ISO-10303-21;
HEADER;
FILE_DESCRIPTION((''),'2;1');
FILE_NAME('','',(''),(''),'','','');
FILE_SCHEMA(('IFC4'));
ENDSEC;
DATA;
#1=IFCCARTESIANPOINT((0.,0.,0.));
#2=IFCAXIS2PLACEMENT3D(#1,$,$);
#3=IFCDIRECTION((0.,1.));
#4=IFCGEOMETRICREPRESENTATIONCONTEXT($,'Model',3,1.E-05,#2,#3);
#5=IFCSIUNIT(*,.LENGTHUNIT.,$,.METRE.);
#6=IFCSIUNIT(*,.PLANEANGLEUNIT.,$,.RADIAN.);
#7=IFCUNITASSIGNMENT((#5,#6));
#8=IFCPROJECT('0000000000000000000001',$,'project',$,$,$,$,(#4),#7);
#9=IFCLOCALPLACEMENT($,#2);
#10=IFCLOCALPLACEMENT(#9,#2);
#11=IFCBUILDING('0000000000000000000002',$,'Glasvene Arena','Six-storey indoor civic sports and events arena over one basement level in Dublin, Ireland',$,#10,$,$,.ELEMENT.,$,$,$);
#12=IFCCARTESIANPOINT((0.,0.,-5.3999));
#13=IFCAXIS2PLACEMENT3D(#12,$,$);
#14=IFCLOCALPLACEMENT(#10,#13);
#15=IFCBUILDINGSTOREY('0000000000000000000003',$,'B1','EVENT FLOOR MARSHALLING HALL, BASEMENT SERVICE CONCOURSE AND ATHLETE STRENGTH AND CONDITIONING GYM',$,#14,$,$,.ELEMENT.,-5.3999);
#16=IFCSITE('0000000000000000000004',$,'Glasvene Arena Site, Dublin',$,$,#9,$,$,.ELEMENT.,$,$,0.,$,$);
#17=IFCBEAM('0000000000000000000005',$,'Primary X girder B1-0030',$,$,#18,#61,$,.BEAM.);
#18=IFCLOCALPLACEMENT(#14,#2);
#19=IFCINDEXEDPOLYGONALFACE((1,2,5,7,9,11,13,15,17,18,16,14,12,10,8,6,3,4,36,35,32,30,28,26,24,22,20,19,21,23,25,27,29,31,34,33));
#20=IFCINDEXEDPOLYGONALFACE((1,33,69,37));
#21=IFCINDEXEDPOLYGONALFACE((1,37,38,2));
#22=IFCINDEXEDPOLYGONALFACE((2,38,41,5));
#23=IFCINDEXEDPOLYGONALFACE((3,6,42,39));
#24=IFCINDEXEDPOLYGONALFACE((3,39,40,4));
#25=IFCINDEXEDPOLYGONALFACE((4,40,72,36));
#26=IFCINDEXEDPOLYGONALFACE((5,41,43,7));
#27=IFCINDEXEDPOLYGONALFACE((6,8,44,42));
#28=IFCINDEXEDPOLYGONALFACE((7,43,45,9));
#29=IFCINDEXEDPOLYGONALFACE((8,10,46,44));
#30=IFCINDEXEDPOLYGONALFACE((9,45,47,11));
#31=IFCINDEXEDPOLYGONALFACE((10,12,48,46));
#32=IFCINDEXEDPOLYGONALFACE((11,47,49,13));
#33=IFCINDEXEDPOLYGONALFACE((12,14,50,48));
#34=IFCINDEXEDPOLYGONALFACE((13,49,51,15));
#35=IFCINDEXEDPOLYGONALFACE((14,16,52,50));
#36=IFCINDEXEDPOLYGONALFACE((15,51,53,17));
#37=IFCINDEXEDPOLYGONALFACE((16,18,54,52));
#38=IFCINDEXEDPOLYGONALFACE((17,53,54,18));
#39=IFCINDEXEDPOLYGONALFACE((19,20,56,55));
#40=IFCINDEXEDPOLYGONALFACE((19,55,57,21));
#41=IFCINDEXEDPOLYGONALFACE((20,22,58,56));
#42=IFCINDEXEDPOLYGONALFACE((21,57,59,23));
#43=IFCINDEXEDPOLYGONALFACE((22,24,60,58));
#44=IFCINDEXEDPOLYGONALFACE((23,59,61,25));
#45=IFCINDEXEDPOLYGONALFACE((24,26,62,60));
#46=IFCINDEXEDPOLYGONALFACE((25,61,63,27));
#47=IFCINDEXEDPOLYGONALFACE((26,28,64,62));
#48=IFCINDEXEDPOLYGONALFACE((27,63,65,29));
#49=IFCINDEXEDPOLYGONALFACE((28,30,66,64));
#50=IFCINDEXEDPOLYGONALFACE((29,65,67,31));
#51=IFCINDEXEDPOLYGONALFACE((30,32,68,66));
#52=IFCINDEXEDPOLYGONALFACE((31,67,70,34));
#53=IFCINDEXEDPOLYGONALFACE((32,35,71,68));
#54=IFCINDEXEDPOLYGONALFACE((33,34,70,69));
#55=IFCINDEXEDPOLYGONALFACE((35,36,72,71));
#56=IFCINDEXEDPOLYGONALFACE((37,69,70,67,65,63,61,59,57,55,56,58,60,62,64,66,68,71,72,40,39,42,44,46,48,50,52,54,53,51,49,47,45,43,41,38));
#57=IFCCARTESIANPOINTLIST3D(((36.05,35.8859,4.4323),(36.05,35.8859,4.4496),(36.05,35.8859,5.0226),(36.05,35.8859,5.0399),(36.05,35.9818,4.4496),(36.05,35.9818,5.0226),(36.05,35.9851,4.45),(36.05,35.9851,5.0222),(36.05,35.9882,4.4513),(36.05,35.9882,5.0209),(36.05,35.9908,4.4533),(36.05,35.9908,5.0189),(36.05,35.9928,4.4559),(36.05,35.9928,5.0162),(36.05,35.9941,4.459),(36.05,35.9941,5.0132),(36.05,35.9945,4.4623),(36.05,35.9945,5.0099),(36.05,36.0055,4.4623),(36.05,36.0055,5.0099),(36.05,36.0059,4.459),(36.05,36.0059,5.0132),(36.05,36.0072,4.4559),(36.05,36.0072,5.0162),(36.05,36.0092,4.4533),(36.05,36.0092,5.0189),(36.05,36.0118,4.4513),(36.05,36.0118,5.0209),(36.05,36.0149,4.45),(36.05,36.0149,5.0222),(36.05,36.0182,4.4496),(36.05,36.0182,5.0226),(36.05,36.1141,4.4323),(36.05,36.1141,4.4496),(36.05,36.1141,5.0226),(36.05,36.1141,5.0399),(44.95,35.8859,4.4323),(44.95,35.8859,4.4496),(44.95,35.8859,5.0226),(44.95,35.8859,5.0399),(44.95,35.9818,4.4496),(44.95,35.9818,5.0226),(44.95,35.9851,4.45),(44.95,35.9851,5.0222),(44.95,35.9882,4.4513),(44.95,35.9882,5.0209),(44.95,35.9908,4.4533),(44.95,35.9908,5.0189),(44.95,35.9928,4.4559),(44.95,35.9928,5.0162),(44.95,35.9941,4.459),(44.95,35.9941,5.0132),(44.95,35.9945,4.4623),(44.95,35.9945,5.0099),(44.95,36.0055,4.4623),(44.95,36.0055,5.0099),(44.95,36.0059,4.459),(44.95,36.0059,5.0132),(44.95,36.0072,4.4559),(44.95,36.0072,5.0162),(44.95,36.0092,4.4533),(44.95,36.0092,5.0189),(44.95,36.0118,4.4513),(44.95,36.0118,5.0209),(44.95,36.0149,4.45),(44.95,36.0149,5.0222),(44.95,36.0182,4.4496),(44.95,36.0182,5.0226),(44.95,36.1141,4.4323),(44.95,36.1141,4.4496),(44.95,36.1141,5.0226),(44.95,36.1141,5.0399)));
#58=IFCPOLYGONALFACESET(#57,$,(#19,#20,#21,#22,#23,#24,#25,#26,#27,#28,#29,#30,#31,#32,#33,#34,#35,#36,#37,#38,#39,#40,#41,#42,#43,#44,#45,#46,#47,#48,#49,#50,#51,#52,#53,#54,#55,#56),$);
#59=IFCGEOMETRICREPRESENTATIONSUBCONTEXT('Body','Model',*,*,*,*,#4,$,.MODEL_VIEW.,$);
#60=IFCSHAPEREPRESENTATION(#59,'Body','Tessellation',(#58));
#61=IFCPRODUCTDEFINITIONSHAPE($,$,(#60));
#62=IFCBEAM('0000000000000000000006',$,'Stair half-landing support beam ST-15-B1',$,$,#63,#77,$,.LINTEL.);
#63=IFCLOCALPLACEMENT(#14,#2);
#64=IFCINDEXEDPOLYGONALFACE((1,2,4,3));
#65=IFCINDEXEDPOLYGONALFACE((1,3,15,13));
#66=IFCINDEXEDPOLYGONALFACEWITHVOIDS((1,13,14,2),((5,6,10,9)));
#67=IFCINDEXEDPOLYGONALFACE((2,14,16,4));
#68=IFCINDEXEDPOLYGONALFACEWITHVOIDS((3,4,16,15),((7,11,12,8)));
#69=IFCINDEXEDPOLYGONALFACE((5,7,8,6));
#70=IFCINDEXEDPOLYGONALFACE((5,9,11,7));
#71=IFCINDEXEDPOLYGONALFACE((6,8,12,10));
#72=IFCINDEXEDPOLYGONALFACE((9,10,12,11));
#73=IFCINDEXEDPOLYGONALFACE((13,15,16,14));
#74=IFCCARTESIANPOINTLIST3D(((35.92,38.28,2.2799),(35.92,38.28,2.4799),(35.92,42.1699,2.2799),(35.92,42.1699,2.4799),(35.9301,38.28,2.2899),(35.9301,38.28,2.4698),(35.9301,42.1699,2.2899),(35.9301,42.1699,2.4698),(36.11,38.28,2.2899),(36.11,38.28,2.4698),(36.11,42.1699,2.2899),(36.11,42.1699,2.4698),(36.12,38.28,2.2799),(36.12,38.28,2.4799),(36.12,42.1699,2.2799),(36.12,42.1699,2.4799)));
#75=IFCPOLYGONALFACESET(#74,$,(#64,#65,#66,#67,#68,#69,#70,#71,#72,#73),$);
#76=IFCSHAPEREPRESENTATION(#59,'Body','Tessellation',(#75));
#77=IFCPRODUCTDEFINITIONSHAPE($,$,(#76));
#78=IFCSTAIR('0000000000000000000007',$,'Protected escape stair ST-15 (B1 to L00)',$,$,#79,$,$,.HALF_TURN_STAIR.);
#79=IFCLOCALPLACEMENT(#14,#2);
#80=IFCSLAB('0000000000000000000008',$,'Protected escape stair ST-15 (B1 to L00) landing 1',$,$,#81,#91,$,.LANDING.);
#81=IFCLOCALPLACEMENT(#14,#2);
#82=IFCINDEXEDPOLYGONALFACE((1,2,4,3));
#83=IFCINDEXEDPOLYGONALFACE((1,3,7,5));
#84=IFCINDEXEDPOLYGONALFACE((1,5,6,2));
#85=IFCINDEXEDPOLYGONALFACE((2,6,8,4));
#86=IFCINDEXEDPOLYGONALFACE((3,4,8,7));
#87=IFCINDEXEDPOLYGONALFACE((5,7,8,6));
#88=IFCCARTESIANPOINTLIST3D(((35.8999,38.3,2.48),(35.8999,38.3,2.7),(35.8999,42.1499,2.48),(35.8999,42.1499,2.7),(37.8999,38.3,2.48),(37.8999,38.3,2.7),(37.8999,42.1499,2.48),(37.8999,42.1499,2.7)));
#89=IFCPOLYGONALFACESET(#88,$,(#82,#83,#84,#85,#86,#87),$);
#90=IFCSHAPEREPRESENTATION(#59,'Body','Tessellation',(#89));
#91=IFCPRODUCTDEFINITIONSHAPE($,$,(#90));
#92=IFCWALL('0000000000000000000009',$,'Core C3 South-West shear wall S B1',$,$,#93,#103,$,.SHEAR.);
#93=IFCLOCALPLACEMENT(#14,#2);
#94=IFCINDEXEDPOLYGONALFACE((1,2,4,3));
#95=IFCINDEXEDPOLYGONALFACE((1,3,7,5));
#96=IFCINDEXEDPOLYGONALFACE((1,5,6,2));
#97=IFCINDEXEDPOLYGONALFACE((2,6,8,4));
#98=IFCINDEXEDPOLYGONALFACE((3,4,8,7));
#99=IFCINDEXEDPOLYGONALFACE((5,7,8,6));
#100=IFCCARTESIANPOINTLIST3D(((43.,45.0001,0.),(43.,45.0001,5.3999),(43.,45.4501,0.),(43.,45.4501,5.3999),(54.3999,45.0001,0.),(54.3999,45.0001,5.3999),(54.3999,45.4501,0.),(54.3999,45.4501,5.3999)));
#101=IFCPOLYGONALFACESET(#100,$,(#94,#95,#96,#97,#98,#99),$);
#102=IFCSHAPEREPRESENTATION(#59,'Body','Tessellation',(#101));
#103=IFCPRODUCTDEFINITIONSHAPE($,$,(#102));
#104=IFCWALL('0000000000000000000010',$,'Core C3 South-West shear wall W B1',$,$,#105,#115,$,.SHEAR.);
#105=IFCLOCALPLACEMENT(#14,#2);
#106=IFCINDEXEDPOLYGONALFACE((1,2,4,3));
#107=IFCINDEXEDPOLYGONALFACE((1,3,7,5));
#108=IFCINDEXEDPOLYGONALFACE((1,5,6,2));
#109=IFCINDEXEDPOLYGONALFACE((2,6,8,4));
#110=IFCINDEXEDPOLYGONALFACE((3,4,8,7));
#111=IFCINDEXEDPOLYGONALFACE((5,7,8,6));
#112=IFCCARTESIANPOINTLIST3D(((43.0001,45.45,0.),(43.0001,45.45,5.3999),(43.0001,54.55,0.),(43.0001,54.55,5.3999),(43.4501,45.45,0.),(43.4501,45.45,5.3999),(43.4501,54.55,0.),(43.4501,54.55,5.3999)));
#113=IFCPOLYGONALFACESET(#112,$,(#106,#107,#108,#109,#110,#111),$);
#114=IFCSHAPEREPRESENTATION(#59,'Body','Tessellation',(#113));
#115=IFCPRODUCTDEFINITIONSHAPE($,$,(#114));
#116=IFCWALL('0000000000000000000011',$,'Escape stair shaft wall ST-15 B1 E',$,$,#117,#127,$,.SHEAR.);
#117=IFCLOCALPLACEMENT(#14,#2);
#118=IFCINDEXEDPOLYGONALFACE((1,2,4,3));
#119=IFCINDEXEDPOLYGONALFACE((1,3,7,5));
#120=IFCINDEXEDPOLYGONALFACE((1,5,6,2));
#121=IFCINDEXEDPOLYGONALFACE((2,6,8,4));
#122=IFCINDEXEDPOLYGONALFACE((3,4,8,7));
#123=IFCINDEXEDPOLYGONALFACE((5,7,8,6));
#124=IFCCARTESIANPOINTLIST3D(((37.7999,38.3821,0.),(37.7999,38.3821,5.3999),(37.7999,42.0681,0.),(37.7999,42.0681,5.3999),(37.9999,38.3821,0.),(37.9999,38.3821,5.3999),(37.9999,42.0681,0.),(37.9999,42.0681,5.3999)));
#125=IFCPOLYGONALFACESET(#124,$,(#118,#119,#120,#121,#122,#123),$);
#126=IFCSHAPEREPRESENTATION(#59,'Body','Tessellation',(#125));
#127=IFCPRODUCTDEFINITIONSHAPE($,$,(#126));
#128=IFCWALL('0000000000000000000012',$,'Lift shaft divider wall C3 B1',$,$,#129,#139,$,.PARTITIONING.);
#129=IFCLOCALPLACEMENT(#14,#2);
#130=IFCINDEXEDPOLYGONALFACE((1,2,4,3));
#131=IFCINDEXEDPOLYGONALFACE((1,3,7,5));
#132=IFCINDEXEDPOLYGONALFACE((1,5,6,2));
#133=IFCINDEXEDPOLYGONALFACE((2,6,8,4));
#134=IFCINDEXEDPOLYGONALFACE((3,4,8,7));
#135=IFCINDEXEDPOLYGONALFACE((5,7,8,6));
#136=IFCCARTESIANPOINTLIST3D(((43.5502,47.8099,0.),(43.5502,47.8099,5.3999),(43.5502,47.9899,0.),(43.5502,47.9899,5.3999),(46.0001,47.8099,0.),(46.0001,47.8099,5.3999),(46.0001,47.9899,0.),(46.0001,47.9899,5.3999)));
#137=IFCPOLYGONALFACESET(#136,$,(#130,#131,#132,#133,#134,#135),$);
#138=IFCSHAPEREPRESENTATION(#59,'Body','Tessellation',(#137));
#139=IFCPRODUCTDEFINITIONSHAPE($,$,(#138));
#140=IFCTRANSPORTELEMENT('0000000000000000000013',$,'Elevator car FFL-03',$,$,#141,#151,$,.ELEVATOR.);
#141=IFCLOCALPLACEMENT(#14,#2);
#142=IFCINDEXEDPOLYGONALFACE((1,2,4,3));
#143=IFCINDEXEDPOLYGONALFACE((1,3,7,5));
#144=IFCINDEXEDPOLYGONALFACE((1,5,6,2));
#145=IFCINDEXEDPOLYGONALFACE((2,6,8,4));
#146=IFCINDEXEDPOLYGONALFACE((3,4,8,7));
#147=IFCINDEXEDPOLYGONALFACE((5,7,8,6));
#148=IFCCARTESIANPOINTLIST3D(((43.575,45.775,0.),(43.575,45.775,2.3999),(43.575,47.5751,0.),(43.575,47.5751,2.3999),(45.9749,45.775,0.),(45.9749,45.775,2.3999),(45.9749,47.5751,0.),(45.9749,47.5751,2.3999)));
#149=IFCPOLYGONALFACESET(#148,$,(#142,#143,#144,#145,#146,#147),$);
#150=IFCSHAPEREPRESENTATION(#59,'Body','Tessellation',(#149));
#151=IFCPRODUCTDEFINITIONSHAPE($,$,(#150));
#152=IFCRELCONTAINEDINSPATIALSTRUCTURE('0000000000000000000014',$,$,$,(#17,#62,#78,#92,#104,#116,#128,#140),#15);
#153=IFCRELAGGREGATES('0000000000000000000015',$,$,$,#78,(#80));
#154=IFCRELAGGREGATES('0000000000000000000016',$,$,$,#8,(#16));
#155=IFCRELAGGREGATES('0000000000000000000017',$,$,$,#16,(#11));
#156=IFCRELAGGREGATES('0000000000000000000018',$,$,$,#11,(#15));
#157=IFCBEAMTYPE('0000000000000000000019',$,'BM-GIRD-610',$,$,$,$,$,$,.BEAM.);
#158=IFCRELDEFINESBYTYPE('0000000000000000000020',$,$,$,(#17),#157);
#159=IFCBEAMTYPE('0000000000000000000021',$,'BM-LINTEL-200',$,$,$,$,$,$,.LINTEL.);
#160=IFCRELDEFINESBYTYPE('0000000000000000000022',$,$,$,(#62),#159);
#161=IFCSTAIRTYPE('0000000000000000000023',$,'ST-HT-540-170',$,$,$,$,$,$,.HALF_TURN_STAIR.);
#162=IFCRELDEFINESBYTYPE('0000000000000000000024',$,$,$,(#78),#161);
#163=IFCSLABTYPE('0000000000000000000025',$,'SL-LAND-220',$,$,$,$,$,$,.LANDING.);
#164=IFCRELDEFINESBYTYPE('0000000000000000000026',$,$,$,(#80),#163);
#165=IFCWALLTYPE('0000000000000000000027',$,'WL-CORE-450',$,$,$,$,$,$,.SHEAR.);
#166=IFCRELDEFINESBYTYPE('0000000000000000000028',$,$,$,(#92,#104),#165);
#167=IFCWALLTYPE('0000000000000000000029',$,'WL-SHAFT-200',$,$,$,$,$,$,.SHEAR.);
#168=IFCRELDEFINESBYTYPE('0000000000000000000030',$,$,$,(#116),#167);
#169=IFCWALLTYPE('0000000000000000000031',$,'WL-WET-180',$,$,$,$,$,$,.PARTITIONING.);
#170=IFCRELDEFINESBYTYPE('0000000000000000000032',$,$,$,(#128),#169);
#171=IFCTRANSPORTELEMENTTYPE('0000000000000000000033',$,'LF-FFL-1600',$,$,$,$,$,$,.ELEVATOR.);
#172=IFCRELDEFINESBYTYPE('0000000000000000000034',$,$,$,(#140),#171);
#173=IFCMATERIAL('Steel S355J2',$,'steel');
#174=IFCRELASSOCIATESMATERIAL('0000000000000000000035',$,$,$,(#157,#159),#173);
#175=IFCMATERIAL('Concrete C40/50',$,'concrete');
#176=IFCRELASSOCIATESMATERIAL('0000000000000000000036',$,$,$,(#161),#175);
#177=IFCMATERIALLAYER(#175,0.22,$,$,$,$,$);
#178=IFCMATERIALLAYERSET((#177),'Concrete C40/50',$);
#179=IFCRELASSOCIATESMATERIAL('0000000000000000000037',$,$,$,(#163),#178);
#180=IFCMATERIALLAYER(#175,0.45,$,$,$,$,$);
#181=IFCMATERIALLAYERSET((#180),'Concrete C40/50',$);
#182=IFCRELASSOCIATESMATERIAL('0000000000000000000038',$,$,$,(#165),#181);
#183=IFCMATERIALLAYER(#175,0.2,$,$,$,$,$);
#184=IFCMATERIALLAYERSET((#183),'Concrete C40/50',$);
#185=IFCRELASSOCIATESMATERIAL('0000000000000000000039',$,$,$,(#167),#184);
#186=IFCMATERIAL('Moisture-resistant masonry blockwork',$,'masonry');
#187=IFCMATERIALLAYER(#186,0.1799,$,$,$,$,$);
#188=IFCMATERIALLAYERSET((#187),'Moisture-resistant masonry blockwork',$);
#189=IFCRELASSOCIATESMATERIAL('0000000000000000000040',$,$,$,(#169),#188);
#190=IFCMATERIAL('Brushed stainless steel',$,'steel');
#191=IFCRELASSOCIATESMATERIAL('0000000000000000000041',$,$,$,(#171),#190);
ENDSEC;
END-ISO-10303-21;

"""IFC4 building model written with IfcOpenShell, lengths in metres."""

from ifc_helpers import new_model, si_unit, direction, frame, frame_2d, origin, origin_2d, place, context, subcontext, project, spatial, polyline, rectangle, hollow_rectangle, i_section, outline, extrude, material, layer, layer_set, material_profile, profile_set, type_object, element, aggregate, save


model = new_model("IFC4")

# Units and contexts
model_context = context("Model", 3, precision=1e-05, world=origin(), true_north=direction((0.0, 1.0)))
body_context = subcontext(model_context, "Body", "Model", "MODEL_VIEW")
ifc_project = project(units=[si_unit("LENGTHUNIT", "METRE"), si_unit("PLANEANGLEUNIT", "RADIAN")], contexts=[model_context])

# Site, building, storey
site_placement = place(None, origin())
site = spatial("IfcSite", under=ifc_project, at=site_placement, Name="Glasvene Arena Site, Dublin", CompositionType="ELEMENT", RefElevation=0.0)
building_placement = place(site_placement, origin())
building = spatial("IfcBuilding", under=site, at=building_placement, Name="Glasvene Arena", Description="Six-storey indoor civic sports and events arena over one basement level in Dublin, Ireland", CompositionType="ELEMENT")
storey_placement = place(building_placement, frame((0.0, 0.0, -5.3999)))
storey = spatial("IfcBuildingStorey", under=building, at=storey_placement, Name="B1", Description="EVENT FLOOR MARSHALLING HALL, BASEMENT SERVICE CONCOURSE AND ATHLETE STRENGTH AND CONDITIONING GYM", CompositionType="ELEMENT", Elevation=-5.3999)

# Shared definitions
ifc_material_1 = material(Name="Concrete C40/50", Category="concrete")

# Shared definitions
ifc_material_2 = material(Name="Steel S355J2", Category="steel")

# Beams
ifc_material_profile_1 = material_profile(ifc_material_2, i_section(OverallWidth=0.2283, OverallDepth=0.6077, WebThickness=0.011, FlangeThickness=0.0173, FilletRadius=0.0127, at=origin_2d()), Name="UKB 610x229x113")
ifc_profile_set_1 = profile_set([ifc_material_profile_1], Name="Steel S355J2")
beam_type_1 = type_object("IfcBeamType", Name="BM-GIRD-610", PredefinedType="BEAM", material=ifc_profile_set_1)
beam_1_placement = place(storey_placement, frame((36.05, 36.0, 4.7361), z_axis=(1.0, 0.0, 0.0), x_axis=(0.0, 1.0, 0.0)))
element("IfcBeam", 1, at=beam_1_placement, inside=storey, type_object=beam_type_1, Name="Primary X girder B1-0030", PredefinedType="BEAM", context=body_context, shape_type="SweptSolid", body=[
    extrude(i_section(OverallWidth=0.2283, OverallDepth=0.6077, WebThickness=0.011, FlangeThickness=0.0173, FilletRadius=0.0127, at=origin_2d()), origin(), (0.0, 0.0, 1.0), 8.8999),
])
ifc_material_profile_2 = material_profile(ifc_material_2, hollow_rectangle(XDim=0.2, YDim=0.2, WallThickness=0.01, at=origin_2d()), Name="SHS 200x200x10.0")
ifc_profile_set_2 = profile_set([ifc_material_profile_2], Name="Steel S355J2")
beam_type_2 = type_object("IfcBeamType", Name="BM-LINTEL-200", PredefinedType="LINTEL", material=ifc_profile_set_2)
beam_2_placement = place(storey_placement, frame((36.02, 38.28, 2.3799), z_axis=(0.0, 1.0, 0.0), x_axis=(-1.0, 0.0, 0.0)))
element("IfcBeam", 2, at=beam_2_placement, inside=storey, type_object=beam_type_2, Name="Stair half-landing support beam ST-15-B1", PredefinedType="LINTEL", context=body_context, shape_type="SweptSolid", body=[
    extrude(hollow_rectangle(XDim=0.2, YDim=0.2, WallThickness=0.01, at=origin_2d()), origin(), (0.0, 0.0, 1.0), 3.8899),
])

# Stair, slab
stair_type = type_object("IfcStairType", Name="ST-HT-540-170", PredefinedType="HALF_TURN_STAIR", material=ifc_material_1)
stair_placement = place(storey_placement, origin())
stair = element("IfcStair", 3, at=stair_placement, inside=storey, type_object=stair_type, Name="Protected escape stair ST-15 (B1 to L00)", PredefinedType="HALF_TURN_STAIR")
ifc_layer_1 = layer(ifc_material_1, 0.22)
ifc_layer_set_1 = layer_set([ifc_layer_1], Name="Concrete C40/50")
slab_type = type_object("IfcSlabType", Name="SL-LAND-220", PredefinedType="LANDING", material=ifc_layer_set_1)
slab_placement = place(storey_placement, frame((36.8999, 40.2251, 2.48)))
slab = element("IfcSlab", 4, at=slab_placement, type_object=slab_type, Name="Protected escape stair ST-15 (B1 to L00) landing 1", PredefinedType="LANDING", context=body_context, shape_type="SweptSolid", body=[
    extrude(outline(polyline([(-1.0, -1.925), (1.0, -1.925), (1.0, 1.9248), (-1.0, 1.9248), (-1.0, -1.925)])), origin(), (0.0, 0.0, 1.0), 0.22),
])
aggregate(stair, [slab])

# Walls
ifc_layer_2 = layer(ifc_material_1, 0.45)
ifc_layer_set_2 = layer_set([ifc_layer_2], Name="Concrete C40/50")
wall_type_1 = type_object("IfcWallType", Name="WL-CORE-450", PredefinedType="SHEAR", material=ifc_layer_set_2)
wall_1_placement = place(storey_placement, frame((43.0, 45.2251, 0.0), z_axis=(0.0, 0.0, 1.0), x_axis=(1.0, 0.0, 0.0)))
element("IfcWall", 5, at=wall_1_placement, inside=storey, type_object=wall_type_1, Name="Core C3 South-West shear wall S B1", PredefinedType="SHEAR", context=body_context, shape_type="SweptSolid", body=[
    extrude(rectangle(XDim=11.3999, YDim=0.45, at=frame_2d((5.7, 0.0))), origin(), (0.0, 0.0, 1.0), 5.3999),
])
wall_2_placement = place(storey_placement, frame((43.2251, 45.45, 0.0), z_axis=(0.0, 0.0, 1.0), x_axis=(0.0, 1.0, 0.0)))
element("IfcWall", 6, at=wall_2_placement, inside=storey, type_object=wall_type_1, Name="Core C3 South-West shear wall W B1", PredefinedType="SHEAR", context=body_context, shape_type="SweptSolid", body=[
    extrude(rectangle(XDim=9.1001, YDim=0.45, at=frame_2d((4.55, 0.0))), origin(), (0.0, 0.0, 1.0), 5.3999),
])
ifc_layer_3 = layer(ifc_material_1, 0.2)
ifc_layer_set_3 = layer_set([ifc_layer_3], Name="Concrete C40/50")
wall_type_2 = type_object("IfcWallType", Name="WL-SHAFT-200", PredefinedType="SHEAR", material=ifc_layer_set_3)
wall_3_placement = place(storey_placement, frame((37.8999, 38.3821, 0.0), z_axis=(0.0, 0.0, 1.0), x_axis=(0.0, 1.0, 0.0)))
element("IfcWall", 7, at=wall_3_placement, inside=storey, type_object=wall_type_2, Name="Escape stair shaft wall ST-15 B1 E", PredefinedType="SHEAR", context=body_context, shape_type="SweptSolid", body=[
    extrude(rectangle(XDim=3.686, YDim=0.2, at=frame_2d((1.843, 0.0))), origin(), (0.0, 0.0, 1.0), 5.3999),
])
ifc_material_3 = material(Name="Moisture-resistant masonry blockwork", Category="masonry")
ifc_layer_4 = layer(ifc_material_3, 0.1799)
ifc_layer_set_4 = layer_set([ifc_layer_4], Name="Moisture-resistant masonry blockwork")
wall_type_3 = type_object("IfcWallType", Name="WL-WET-180", PredefinedType="PARTITIONING", material=ifc_layer_set_4)
wall_4_placement = place(storey_placement, frame((43.55, 47.8999, 0.0), z_axis=(0.0, 0.0, 1.0), x_axis=(1.0, 0.0, 0.0)))
element("IfcWall", 8, at=wall_4_placement, inside=storey, type_object=wall_type_3, Name="Lift shaft divider wall C3 B1", PredefinedType="PARTITIONING", context=body_context, shape_type="SweptSolid", body=[
    extrude(rectangle(XDim=2.45, YDim=0.1799, at=frame_2d((1.2251, 0.0))), origin(), (0.0, 0.0, 1.0), 5.3999),
])

# Transport element
ifc_material_4 = material(Name="Brushed stainless steel", Category="steel")
transport_element_type = type_object("IfcTransportElementType", Name="LF-FFL-1600", PredefinedType="ELEVATOR", material=ifc_material_4)
transport_element_placement = place(storey_placement, frame((44.7749, 46.675, 0.0), z_axis=(0.0, 0.0, 1.0), x_axis=(1.0, 0.0, 0.0)))
element("IfcTransportElement", 9, at=transport_element_placement, inside=storey, type_object=transport_element_type, Name="Elevator car FFL-03", PredefinedType="ELEVATOR", context=body_context, shape_type="SweptSolid", body=[
    extrude(rectangle(XDim=2.3999, YDim=1.8, at=origin_2d()), origin(), (0.0, 0.0, 1.0), 2.3999),
])

save(model, "model.ifc")
